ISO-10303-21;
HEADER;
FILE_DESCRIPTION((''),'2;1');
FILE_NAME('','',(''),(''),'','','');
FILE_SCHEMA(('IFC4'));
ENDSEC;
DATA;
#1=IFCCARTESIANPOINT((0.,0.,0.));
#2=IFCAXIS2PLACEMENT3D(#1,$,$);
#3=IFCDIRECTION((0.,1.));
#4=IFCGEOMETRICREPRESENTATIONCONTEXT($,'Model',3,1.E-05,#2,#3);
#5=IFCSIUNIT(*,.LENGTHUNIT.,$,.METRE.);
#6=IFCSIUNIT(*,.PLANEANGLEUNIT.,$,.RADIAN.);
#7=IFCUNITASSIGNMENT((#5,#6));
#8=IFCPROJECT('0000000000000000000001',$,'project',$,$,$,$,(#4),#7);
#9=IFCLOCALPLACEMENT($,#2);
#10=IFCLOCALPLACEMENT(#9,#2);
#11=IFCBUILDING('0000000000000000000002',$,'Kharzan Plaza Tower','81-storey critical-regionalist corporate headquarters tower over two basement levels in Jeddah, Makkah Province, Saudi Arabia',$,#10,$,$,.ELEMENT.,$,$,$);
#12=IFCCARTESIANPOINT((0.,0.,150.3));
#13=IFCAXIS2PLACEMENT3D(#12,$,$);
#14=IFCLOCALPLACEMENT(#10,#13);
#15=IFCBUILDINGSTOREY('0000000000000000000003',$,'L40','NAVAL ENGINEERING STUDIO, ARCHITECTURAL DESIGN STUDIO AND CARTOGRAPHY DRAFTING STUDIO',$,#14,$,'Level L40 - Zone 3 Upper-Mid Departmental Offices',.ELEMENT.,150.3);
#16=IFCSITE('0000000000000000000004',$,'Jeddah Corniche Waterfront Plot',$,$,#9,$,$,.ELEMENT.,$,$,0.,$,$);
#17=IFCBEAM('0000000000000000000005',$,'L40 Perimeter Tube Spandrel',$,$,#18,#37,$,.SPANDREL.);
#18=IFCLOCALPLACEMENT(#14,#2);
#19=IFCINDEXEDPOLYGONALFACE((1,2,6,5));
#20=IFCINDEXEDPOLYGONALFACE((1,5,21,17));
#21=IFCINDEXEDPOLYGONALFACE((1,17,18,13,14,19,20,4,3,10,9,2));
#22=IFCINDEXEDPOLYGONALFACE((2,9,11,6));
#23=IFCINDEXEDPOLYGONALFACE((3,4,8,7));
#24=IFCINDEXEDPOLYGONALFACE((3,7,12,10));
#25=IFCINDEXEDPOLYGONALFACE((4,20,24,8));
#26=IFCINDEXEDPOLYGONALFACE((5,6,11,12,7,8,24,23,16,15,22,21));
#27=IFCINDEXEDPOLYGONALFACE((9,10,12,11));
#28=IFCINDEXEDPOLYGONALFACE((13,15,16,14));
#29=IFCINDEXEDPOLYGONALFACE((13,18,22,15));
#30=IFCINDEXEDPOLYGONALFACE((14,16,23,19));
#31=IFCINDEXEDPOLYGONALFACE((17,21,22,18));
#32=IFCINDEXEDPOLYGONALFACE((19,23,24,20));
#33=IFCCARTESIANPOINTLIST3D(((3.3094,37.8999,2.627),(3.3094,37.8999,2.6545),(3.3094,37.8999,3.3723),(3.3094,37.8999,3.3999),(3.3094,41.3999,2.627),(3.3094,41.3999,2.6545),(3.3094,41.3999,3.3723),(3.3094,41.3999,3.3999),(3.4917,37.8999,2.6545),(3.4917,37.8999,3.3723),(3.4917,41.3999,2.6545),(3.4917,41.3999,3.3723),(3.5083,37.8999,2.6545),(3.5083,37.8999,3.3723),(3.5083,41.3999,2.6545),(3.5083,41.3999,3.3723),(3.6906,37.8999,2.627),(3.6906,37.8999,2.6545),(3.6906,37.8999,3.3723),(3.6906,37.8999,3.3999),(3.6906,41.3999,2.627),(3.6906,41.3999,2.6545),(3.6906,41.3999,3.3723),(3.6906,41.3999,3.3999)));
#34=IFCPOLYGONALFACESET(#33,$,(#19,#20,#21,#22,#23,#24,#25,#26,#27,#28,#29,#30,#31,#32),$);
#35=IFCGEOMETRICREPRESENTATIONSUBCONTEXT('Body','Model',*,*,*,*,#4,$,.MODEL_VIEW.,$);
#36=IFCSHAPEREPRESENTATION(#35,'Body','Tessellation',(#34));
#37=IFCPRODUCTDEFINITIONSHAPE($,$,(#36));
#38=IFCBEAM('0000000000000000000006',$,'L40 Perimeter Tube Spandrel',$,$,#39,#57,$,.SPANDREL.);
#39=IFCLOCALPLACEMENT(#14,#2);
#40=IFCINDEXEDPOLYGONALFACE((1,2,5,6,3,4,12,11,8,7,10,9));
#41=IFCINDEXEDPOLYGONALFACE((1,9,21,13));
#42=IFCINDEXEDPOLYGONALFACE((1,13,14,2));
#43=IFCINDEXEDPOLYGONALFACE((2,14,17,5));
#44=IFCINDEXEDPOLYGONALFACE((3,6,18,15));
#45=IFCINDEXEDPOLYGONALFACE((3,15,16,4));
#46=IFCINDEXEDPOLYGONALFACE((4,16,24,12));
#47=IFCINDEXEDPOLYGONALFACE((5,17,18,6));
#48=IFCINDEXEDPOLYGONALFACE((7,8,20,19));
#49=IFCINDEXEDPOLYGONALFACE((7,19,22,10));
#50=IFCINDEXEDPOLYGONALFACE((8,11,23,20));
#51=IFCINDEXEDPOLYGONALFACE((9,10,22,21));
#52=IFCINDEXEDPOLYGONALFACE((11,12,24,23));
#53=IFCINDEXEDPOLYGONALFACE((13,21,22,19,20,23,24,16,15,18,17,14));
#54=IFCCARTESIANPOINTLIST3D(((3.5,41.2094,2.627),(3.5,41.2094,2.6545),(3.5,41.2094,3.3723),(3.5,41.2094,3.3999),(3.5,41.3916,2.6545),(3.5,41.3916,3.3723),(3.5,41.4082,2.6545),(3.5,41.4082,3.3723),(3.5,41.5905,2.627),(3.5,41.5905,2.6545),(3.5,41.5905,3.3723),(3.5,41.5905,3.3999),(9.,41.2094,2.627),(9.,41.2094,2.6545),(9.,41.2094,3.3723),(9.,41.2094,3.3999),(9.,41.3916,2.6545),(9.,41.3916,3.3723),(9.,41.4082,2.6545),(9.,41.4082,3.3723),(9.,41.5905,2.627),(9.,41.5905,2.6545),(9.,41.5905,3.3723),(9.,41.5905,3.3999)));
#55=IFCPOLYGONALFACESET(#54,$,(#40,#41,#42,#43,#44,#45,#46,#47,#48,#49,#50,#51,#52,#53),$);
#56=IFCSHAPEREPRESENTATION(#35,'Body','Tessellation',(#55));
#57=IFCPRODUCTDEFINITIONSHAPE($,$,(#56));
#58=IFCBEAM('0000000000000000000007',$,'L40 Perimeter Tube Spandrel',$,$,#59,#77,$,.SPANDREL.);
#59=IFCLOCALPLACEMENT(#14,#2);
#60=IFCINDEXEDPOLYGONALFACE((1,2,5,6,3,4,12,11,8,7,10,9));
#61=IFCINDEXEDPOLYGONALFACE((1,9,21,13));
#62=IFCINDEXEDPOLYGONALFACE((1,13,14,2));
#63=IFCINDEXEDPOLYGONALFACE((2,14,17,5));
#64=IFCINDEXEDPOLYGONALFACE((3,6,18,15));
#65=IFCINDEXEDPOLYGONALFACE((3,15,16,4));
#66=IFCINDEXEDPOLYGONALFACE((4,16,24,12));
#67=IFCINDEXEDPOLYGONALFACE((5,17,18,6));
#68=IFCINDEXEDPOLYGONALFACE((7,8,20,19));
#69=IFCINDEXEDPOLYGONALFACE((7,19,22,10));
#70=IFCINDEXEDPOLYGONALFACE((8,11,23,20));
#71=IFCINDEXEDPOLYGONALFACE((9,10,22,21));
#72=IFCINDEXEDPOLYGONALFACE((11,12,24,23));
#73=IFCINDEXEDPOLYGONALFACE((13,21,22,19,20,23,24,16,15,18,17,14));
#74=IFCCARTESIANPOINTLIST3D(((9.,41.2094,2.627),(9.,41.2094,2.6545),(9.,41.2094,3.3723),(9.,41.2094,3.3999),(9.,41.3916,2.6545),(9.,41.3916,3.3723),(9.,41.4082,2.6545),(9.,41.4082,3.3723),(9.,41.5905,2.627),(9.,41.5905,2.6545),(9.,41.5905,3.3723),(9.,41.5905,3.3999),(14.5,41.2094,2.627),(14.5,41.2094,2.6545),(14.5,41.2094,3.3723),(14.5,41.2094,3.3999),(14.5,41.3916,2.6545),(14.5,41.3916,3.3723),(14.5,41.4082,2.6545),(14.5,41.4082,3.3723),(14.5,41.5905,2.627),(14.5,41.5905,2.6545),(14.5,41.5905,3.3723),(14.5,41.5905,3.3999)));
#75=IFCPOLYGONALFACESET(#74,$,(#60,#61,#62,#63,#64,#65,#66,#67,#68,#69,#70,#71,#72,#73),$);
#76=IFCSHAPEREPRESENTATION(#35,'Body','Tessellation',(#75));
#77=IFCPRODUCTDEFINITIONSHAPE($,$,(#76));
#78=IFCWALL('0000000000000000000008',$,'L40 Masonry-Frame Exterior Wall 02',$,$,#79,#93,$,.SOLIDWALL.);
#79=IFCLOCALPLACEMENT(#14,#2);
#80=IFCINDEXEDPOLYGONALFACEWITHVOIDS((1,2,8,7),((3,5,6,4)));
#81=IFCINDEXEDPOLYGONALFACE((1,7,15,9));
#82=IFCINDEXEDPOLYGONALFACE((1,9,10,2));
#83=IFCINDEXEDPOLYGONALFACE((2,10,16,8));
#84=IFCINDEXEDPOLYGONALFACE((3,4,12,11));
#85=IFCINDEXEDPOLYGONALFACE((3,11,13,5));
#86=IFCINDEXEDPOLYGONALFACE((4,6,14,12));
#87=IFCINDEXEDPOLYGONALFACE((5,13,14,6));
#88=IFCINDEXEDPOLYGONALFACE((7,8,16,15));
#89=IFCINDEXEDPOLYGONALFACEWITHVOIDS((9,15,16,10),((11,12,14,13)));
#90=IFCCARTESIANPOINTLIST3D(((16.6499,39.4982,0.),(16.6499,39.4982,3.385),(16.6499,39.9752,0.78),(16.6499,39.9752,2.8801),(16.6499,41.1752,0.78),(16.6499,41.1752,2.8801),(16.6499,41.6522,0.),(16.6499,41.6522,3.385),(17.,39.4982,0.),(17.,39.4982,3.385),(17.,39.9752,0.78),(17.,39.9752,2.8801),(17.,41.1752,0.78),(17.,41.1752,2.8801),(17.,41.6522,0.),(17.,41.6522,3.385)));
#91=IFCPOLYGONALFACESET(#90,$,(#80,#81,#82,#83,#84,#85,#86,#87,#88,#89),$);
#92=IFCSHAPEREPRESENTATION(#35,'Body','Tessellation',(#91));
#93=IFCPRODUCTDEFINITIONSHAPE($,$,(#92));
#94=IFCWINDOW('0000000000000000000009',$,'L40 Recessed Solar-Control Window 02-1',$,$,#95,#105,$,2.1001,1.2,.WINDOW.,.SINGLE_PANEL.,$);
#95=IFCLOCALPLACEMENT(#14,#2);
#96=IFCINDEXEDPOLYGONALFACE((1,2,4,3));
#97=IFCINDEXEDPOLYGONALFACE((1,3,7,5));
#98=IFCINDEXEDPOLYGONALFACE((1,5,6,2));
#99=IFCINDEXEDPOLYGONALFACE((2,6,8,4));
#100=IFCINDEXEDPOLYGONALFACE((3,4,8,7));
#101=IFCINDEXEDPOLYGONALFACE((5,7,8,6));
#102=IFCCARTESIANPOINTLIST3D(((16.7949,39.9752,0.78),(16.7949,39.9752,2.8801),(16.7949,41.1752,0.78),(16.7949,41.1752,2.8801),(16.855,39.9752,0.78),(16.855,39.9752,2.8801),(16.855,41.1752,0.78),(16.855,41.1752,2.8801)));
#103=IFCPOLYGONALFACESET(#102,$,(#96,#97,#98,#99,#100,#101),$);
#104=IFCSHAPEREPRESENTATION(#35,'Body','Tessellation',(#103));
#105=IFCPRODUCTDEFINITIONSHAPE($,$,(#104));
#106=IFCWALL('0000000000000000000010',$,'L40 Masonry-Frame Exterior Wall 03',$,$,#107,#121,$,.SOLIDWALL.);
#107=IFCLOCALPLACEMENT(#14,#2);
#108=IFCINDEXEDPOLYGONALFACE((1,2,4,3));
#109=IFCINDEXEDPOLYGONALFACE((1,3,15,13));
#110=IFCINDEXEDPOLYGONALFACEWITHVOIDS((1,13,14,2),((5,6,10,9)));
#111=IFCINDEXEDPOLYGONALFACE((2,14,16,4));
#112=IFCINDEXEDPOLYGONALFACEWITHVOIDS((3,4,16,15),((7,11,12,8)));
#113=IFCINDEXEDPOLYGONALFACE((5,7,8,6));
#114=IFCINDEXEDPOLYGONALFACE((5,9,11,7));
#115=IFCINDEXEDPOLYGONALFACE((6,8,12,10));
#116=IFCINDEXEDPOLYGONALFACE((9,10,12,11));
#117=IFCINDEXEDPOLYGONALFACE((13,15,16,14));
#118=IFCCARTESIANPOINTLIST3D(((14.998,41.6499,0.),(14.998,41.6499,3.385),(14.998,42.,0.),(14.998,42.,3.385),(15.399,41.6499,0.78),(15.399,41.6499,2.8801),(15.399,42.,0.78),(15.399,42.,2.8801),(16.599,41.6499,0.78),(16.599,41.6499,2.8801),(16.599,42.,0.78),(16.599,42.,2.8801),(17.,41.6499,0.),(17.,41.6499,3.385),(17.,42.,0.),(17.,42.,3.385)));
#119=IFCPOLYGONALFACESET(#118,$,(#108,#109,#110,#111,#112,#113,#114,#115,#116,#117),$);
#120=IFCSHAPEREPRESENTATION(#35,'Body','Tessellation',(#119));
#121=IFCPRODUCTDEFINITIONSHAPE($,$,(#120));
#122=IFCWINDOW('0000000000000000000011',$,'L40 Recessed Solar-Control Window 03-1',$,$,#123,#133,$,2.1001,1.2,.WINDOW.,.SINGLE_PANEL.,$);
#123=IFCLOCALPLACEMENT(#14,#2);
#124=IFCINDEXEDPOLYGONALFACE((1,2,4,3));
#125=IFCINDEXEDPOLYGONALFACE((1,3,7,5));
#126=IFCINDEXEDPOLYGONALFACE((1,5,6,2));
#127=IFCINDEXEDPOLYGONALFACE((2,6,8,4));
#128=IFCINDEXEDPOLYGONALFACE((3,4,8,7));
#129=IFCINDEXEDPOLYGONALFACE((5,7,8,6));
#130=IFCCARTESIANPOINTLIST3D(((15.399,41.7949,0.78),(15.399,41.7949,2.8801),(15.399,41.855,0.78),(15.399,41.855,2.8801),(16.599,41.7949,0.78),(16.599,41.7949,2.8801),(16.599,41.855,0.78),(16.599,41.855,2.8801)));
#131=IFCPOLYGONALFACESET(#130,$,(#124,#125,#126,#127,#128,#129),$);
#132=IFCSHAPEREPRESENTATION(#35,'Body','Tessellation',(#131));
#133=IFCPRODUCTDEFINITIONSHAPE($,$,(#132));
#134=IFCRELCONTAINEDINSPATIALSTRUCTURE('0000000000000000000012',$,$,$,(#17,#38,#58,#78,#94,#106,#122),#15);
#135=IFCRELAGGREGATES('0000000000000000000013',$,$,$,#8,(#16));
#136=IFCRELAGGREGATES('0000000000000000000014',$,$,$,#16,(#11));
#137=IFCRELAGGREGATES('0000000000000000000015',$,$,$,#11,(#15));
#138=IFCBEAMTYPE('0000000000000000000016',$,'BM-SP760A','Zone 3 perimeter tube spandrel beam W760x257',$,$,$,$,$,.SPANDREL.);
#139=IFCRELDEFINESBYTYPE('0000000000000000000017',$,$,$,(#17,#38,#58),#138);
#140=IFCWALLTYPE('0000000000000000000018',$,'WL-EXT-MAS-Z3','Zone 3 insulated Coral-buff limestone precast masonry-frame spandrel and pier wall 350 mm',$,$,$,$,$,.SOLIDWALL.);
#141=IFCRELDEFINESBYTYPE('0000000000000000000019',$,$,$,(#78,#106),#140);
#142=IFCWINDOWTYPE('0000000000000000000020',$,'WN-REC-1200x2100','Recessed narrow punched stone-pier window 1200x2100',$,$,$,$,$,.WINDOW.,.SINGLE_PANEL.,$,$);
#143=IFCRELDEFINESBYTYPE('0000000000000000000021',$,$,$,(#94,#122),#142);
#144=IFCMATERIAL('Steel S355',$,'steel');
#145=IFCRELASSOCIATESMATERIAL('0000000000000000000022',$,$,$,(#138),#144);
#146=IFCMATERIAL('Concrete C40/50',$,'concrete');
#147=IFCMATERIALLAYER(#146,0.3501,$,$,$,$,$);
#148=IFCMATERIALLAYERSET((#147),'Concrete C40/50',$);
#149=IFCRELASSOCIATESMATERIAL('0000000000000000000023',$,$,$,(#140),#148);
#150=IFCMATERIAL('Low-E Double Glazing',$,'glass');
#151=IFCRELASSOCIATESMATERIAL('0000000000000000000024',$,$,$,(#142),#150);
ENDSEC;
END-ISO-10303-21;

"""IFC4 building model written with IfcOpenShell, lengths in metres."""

from ifc_helpers import new_model, si_unit, direction, frame, frame_2d, origin, origin_2d, place, context, subcontext, project, spatial, rectangle, i_section, extrude, source, transform, mapped, material, layer, layer_set, material_profile, profile_set, type_object, element, fill, save


model = new_model("IFC4")

# Units and contexts
model_context = context("Model", 3, precision=1e-05, world=origin(), true_north=direction((0.0, 1.0)))
body_context = subcontext(model_context, "Body", "Model", "MODEL_VIEW")
ifc_project = project(units=[si_unit("LENGTHUNIT", "METRE"), si_unit("PLANEANGLEUNIT", "RADIAN")], contexts=[model_context])

# Site, building, storey
site_placement = place(None, origin())
site = spatial("IfcSite", under=ifc_project, at=site_placement, Name="Jeddah Corniche Waterfront Plot", CompositionType="ELEMENT", RefElevation=0.0)
building_placement = place(site_placement, origin())
building = spatial("IfcBuilding", under=site, at=building_placement, Name="Kharzan Plaza Tower", Description="81-storey critical-regionalist corporate headquarters tower over two basement levels in Jeddah, Makkah Province, Saudi Arabia", CompositionType="ELEMENT")
storey_placement = place(building_placement, frame((0.0, 0.0, 150.3)))
storey = spatial("IfcBuildingStorey", under=building, at=storey_placement, Name="L40", Description="NAVAL ENGINEERING STUDIO, ARCHITECTURAL DESIGN STUDIO AND CARTOGRAPHY DRAFTING STUDIO", LongName="Level L40 - Zone 3 Upper-Mid Departmental Offices", CompositionType="ELEMENT", Elevation=150.3)

# Beams
ifc_material_1 = material(Name="Steel S355", Category="steel")
ifc_material_profile_1 = material_profile(ifc_material_1, i_section(OverallWidth=0.3811, OverallDepth=0.7729, WebThickness=0.0166, FlangeThickness=0.0276, at=origin_2d()), Name="W760x257")
ifc_profile_set_1 = profile_set([ifc_material_profile_1], Name="Steel S355")
beam_type_1 = type_object("IfcBeamType", Name="BM-SP760A", Description="Zone 3 perimeter tube spandrel beam W760x257", PredefinedType="SPANDREL", material=ifc_profile_set_1)
shared_shape_1 = source(origin(), body_context, "Body", "SweptSolid", [
    extrude(i_section(OverallWidth=0.3811, OverallDepth=0.7729, WebThickness=0.0166, FlangeThickness=0.0276, at=origin_2d()), origin(), (0.0, 0.0, 1.0), 3.5),
])
beam_1_placement = place(storey_placement, frame((3.5, 37.8999, 3.0134), z_axis=(0.0, 1.0, 0.0), x_axis=(-1.0, 0.0, 0.0)))
element("IfcBeam", 1, at=beam_1_placement, inside=storey, type_object=beam_type_1, Name="L40 Perimeter Tube Spandrel", PredefinedType="SPANDREL", context=body_context, shape_type="MappedRepresentation", body=[
    mapped(shared_shape_1, transform((0.0, 0.0, 0.0), x_axis=(1.0, 0.0, 0.0), y_axis=(0.0, 1.0, 0.0), z_axis=(0.0, 0.0, 1.0))),
])
shared_shape_2 = source(origin(), body_context, "Body", "SweptSolid", [
    extrude(i_section(OverallWidth=0.3811, OverallDepth=0.7729, WebThickness=0.0166, FlangeThickness=0.0276, at=origin_2d()), origin(), (0.0, 0.0, 1.0), 5.5),
])
for number, where, z_axis, x_axis, name in (
    (2, (3.5, 41.3999, 3.0134), (1.0, 0.0, 0.0), (0.0, 1.0, 0.0), "L40 Perimeter Tube Spandrel"),
    (3, (9.0, 41.3999, 3.0134), (1.0, 0.0, 0.0), (0.0, 1.0, 0.0), "L40 Perimeter Tube Spandrel"),
):
    element("IfcBeam", number, at=place(storey_placement, frame(where, z_axis=z_axis, x_axis=x_axis)), inside=storey, type_object=beam_type_1, Name=name, PredefinedType="SPANDREL", context=body_context, shape_type="MappedRepresentation", body=[
        mapped(shared_shape_2, transform((0.0, 0.0, 0.0), x_axis=(1.0, 0.0, 0.0), y_axis=(0.0, 1.0, 0.0), z_axis=(0.0, 0.0, 1.0))),
    ])

# Walls, openings, windows
ifc_material_2 = material(Name="Concrete C40/50", Category="concrete")
ifc_layer_1 = layer(ifc_material_2, 0.3501)
ifc_layer_set_1 = layer_set([ifc_layer_1], Name="Concrete C40/50")
wall_type_1 = type_object("IfcWallType", Name="WL-EXT-MAS-Z3", Description="Zone 3 insulated Coral-buff limestone precast masonry-frame spandrel and pier wall 350 mm", PredefinedType="SOLIDWALL", material=ifc_layer_set_1)
wall_1_placement = place(storey_placement, frame((16.825, 39.498, 0.0), z_axis=(0.0, 0.0, 1.0), x_axis=(0.0, 1.0, 0.0)))
wall_1 = element("IfcWall", 4, at=wall_1_placement, inside=storey, type_object=wall_type_1, Name="L40 Masonry-Frame Exterior Wall 02", PredefinedType="SOLIDWALL", context=body_context, shape_type="SweptSolid", body=[
    extrude(rectangle(XDim=2.1541, YDim=0.3501, at=frame_2d((1.0771, 0.0))), origin(), (0.0, 0.0, 1.0), 3.385),
])
opening_1_placement = place(wall_1_placement, frame((0.4771, 0.0, 0.78)))
opening_1 = element("IfcOpeningElement", 5, at=opening_1_placement, cuts=wall_1, PredefinedType="OPENING", context=body_context, shape_type="SweptSolid", body=[
    extrude(rectangle(XDim=1.2, YDim=2.1001, at=frame_2d((0.6001, 1.05))), frame((0.0, 0.1851, 0.0), z_axis=(0.0, -1.0, 0.0), x_axis=(1.0, 0.0, 0.0)), (0.0, 0.0, 1.0), 0.3701),
])
ifc_material_3 = material(Name="Low-E Double Glazing", Category="glass")
window_type_1 = type_object("IfcWindowType", Name="WN-REC-1200x2100", Description="Recessed narrow punched stone-pier window 1200x2100", PartitioningType="SINGLE_PANEL", PredefinedType="WINDOW", material=ifc_material_3)
shared_shape_3 = source(origin(), body_context, "Body", "SweptSolid", [
    extrude(rectangle(XDim=1.2, YDim=2.1001, at=frame_2d((0.6001, 1.05))), frame((0.0, 0.03, 0.0), z_axis=(0.0, -1.0, 0.0), x_axis=(1.0, 0.0, 0.0)), (0.0, 0.0, 1.0), 0.0601),
])
window_1_placement = place(opening_1_placement, origin())
window_1 = element("IfcWindow", 6, at=window_1_placement, inside=storey, type_object=window_type_1, Name="L40 Recessed Solar-Control Window 02-1", OverallHeight=2.1001, OverallWidth=1.2, PartitioningType="SINGLE_PANEL", PredefinedType="WINDOW", context=body_context, shape_type="MappedRepresentation", body=[
    mapped(shared_shape_3, transform((0.0, 0.0, 0.0), x_axis=(1.0, 0.0, 0.0), y_axis=(0.0, 1.0, 0.0), z_axis=(0.0, 0.0, 1.0))),
])
fill(opening_1, window_1)
wall_2_placement = place(storey_placement, frame((17.0, 41.825, 0.0), z_axis=(0.0, 0.0, 1.0), x_axis=(-1.0, 0.0, 0.0)))
wall_2 = element("IfcWall", 7, at=wall_2_placement, inside=storey, type_object=wall_type_1, Name="L40 Masonry-Frame Exterior Wall 03", PredefinedType="SOLIDWALL", context=body_context, shape_type="SweptSolid", body=[
    extrude(rectangle(XDim=2.002, YDim=0.3501, at=frame_2d((1.001, 0.0))), origin(), (0.0, 0.0, 1.0), 3.385),
])
opening_2_placement = place(wall_2_placement, frame((0.4009, 0.0, 0.78)))
opening_2 = element("IfcOpeningElement", 8, at=opening_2_placement, cuts=wall_2, PredefinedType="OPENING", context=body_context, shape_type="SweptSolid", body=[
    extrude(rectangle(XDim=1.2, YDim=2.1001, at=frame_2d((0.6001, 1.05))), frame((0.0, 0.1851, 0.0), z_axis=(0.0, -1.0, 0.0), x_axis=(1.0, 0.0, 0.0)), (0.0, 0.0, 1.0), 0.3701),
])
window_2_placement = place(opening_2_placement, origin())
window_2 = element("IfcWindow", 9, at=window_2_placement, inside=storey, type_object=window_type_1, Name="L40 Recessed Solar-Control Window 03-1", OverallHeight=2.1001, OverallWidth=1.2, PartitioningType="SINGLE_PANEL", PredefinedType="WINDOW", context=body_context, shape_type="MappedRepresentation", body=[
    mapped(shared_shape_3, transform((0.0, 0.0, 0.0), x_axis=(1.0, 0.0, 0.0), y_axis=(0.0, 1.0, 0.0), z_axis=(0.0, 0.0, 1.0))),
])
fill(opening_2, window_2)

save(model, "model.ifc")
